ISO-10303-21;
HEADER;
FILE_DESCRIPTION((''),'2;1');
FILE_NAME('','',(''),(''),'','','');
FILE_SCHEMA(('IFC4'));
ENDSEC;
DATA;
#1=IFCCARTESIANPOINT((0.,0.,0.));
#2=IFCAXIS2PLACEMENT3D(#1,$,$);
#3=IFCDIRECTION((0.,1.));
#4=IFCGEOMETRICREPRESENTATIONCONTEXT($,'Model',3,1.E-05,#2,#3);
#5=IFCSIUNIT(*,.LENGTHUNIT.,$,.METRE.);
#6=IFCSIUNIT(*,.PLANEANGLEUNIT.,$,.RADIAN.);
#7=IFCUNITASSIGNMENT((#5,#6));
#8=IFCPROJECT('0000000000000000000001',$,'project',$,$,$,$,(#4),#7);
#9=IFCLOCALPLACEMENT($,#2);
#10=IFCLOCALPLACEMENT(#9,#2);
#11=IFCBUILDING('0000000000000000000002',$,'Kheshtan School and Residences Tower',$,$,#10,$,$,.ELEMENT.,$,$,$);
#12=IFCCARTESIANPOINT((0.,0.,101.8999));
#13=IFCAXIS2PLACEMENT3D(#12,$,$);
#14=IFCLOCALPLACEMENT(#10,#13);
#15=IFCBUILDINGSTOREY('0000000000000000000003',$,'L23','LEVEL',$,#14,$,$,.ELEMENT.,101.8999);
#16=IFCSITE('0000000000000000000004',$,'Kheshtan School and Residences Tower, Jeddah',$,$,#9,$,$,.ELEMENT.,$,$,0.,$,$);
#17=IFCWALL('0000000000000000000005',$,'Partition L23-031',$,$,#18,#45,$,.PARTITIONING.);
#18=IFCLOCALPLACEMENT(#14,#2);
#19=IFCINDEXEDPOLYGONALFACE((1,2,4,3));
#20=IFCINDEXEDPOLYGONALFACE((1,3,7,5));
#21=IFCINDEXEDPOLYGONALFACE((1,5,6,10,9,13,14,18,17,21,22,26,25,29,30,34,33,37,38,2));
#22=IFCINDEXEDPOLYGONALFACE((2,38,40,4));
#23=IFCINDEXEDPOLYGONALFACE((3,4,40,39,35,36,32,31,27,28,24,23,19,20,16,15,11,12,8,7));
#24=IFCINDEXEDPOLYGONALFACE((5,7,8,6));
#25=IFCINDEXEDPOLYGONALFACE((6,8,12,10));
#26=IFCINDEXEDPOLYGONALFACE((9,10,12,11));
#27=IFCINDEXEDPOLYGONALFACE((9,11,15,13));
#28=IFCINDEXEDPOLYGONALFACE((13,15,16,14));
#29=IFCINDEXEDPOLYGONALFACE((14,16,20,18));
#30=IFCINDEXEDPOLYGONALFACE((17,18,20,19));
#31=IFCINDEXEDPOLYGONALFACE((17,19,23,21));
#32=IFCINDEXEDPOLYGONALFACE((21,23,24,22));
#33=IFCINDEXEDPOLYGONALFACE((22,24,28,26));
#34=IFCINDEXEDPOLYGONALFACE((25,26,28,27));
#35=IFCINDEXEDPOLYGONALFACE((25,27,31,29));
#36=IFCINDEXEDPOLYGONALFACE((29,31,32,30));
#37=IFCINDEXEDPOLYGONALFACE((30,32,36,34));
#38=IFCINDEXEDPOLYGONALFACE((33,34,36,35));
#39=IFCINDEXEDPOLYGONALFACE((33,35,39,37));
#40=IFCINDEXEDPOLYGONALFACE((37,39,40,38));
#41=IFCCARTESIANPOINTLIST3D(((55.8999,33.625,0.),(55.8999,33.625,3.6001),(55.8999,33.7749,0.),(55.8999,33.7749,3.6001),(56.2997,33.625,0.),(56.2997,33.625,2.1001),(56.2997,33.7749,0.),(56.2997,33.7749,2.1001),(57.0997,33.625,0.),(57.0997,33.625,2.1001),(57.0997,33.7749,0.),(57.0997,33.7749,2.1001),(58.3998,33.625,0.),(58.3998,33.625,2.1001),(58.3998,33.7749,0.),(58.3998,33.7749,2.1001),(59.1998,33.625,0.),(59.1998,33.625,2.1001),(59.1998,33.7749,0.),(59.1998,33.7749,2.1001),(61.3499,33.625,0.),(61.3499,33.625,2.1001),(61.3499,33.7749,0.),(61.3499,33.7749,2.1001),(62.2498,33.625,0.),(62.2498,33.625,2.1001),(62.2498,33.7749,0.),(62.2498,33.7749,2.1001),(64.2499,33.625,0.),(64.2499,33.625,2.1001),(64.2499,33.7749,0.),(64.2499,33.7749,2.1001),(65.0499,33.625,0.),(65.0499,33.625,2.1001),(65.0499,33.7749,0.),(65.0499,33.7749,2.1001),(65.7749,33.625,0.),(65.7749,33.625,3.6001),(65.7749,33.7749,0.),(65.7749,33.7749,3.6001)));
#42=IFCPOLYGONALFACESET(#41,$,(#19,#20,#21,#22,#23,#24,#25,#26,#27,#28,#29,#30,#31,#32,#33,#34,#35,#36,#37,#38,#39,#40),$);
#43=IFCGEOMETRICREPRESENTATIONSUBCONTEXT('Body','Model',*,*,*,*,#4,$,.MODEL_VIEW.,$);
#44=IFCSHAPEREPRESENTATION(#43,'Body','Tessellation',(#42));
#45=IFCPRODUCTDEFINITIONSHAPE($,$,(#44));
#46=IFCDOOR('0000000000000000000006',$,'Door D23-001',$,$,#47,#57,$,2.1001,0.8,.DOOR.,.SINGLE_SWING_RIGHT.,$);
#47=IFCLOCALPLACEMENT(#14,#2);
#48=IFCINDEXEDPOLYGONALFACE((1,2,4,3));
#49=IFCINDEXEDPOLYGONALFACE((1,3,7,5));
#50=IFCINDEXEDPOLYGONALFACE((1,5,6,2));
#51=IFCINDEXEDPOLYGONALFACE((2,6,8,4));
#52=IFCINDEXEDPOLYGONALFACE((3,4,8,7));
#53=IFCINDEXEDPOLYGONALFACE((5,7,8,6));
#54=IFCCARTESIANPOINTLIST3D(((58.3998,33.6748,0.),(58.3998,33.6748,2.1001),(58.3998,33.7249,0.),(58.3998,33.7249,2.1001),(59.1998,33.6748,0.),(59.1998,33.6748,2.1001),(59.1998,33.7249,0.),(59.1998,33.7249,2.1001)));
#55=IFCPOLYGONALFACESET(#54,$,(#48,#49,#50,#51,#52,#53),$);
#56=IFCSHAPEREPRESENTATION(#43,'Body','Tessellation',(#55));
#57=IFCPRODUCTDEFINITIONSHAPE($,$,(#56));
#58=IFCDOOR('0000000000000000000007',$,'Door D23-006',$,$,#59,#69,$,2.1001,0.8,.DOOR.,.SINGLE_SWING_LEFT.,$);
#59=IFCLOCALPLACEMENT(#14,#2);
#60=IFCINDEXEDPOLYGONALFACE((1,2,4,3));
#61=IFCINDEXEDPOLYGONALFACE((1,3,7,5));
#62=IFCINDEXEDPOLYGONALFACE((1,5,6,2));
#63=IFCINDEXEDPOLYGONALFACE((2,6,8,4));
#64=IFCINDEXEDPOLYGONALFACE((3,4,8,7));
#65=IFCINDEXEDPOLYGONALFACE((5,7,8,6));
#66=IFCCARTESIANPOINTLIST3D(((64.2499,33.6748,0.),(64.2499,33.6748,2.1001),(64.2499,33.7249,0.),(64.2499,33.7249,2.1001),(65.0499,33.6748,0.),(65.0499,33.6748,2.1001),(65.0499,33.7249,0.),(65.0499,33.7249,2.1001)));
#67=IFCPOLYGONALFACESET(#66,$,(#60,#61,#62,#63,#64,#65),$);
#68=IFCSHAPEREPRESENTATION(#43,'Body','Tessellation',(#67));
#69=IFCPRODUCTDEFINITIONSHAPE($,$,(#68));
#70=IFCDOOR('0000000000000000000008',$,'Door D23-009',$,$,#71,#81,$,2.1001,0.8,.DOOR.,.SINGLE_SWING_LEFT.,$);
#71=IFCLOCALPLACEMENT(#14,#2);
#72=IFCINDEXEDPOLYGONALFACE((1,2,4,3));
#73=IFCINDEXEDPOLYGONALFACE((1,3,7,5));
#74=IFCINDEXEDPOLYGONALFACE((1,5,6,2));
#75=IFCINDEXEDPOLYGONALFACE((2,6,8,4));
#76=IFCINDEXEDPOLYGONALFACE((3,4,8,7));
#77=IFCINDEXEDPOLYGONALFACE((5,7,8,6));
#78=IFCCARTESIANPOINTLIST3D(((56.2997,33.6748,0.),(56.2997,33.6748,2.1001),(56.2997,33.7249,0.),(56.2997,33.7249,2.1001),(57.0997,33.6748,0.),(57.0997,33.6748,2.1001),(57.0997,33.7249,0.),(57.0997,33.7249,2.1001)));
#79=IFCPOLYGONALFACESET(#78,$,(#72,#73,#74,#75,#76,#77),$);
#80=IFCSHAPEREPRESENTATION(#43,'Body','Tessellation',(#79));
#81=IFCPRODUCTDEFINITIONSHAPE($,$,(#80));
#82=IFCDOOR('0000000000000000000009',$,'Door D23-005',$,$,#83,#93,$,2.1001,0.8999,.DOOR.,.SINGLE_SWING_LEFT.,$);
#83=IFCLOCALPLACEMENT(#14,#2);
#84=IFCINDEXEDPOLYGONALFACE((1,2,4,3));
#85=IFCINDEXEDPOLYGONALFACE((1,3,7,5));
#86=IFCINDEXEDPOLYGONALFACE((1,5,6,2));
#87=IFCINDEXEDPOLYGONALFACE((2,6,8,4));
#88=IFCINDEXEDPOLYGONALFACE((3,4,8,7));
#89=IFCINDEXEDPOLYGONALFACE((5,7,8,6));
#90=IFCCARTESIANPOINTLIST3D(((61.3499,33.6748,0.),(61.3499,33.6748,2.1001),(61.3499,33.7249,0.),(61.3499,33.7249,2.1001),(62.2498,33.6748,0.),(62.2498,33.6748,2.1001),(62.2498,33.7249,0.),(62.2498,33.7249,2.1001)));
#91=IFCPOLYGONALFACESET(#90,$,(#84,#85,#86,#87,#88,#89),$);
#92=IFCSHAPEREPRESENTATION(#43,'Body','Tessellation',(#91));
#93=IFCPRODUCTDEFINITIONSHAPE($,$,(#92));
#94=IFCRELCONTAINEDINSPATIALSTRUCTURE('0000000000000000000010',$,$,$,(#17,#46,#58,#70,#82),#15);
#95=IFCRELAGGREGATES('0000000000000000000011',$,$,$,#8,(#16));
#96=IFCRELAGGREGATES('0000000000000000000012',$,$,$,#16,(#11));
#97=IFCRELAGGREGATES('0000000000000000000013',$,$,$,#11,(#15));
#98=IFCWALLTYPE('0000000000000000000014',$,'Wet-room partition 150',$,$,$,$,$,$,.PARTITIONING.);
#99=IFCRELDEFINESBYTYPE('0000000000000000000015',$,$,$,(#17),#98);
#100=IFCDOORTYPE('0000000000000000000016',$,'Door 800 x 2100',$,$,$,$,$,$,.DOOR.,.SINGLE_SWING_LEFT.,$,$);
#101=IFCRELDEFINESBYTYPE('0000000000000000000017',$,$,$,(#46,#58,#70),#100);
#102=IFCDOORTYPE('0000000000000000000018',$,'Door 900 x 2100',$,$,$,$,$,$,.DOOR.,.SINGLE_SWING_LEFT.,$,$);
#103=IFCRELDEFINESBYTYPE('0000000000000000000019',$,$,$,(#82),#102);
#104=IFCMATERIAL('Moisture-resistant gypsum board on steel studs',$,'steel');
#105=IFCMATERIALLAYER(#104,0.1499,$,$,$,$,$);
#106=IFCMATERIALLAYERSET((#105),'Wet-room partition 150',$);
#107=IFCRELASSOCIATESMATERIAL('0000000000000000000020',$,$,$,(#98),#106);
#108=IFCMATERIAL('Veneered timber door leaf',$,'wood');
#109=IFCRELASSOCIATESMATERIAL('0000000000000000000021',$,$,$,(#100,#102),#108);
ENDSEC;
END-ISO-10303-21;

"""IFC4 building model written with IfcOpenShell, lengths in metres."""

from ifc_helpers import new_model, si_unit, direction, frame, frame_2d, origin, place, context, subcontext, project, spatial, rectangle, extrude, source, transform, mapped, material, layer, layer_set, type_object, element, fill, save


model = new_model("IFC4")

# Units and contexts
model_context = context("Model", 3, precision=1e-05, world=origin(), true_north=direction((0.0, 1.0)))
body_context = subcontext(model_context, "Body", "Model", "MODEL_VIEW")
ifc_project = project(units=[si_unit("LENGTHUNIT", "METRE"), si_unit("PLANEANGLEUNIT", "RADIAN")], contexts=[model_context])

# Site, building, storey
site_placement = place(None, origin())
site = spatial("IfcSite", under=ifc_project, at=site_placement, Name="Kheshtan School and Residences Tower, Jeddah", CompositionType="ELEMENT", RefElevation=0.0)
building_placement = place(site_placement, origin())
building = spatial("IfcBuilding", under=site, at=building_placement, Name="Kheshtan School and Residences Tower", CompositionType="ELEMENT")
storey_placement = place(building_placement, frame((0.0, 0.0, 101.8999)))
storey = spatial("IfcBuildingStorey", under=building, at=storey_placement, Name="L23", Description="LEVEL", CompositionType="ELEMENT", Elevation=101.8999)

# Wall, openings, doors
ifc_material_1 = material(Name="Moisture-resistant gypsum board on steel studs", Category="steel")
ifc_layer_1 = layer(ifc_material_1, 0.1499)
ifc_layer_set_1 = layer_set([ifc_layer_1], Name="Wet-room partition 150")
wall_type_1 = type_object("IfcWallType", Name="Wet-room partition 150", PredefinedType="PARTITIONING", material=ifc_layer_set_1)
wall_1_placement = place(storey_placement, frame((55.8999, 33.7, 0.0), z_axis=(0.0, 0.0, 1.0), x_axis=(1.0, 0.0, 0.0)))
wall_1 = element("IfcWall", 1, at=wall_1_placement, inside=storey, type_object=wall_type_1, Name="Partition L23-031", PredefinedType="PARTITIONING", context=body_context, shape_type="SweptSolid", body=[
    extrude(rectangle(XDim=9.875, YDim=0.1499, at=frame_2d((4.9375, 0.0))), origin(), (0.0, 0.0, 1.0), 3.6001),
])
opening_1_placement = place(wall_1_placement, frame((2.5, 0.0, 0.0)))
opening_1 = element("IfcOpeningElement", 2, at=opening_1_placement, cuts=wall_1, PredefinedType="OPENING", context=body_context, shape_type="SweptSolid", body=[
    extrude(rectangle(XDim=0.8, YDim=2.1001, at=frame_2d((0.3999, 1.05))), frame((0.0, 0.085, 0.0), z_axis=(0.0, -1.0, 0.0), x_axis=(1.0, 0.0, 0.0)), (0.0, 0.0, 1.0), 0.1699),
])
opening_2_placement = place(wall_1_placement, frame((5.45, 0.0, 0.0)))
opening_2 = element("IfcOpeningElement", 3, at=opening_2_placement, cuts=wall_1, PredefinedType="OPENING", context=body_context, shape_type="SweptSolid", body=[
    extrude(rectangle(XDim=0.8999, YDim=2.1001, at=frame_2d((0.45, 1.05))), frame((0.0, 0.085, 0.0), z_axis=(0.0, -1.0, 0.0), x_axis=(1.0, 0.0, 0.0)), (0.0, 0.0, 1.0), 0.1699),
])
opening_3_placement = place(wall_1_placement, frame((8.3501, 0.0, 0.0)))
opening_3 = element("IfcOpeningElement", 4, at=opening_3_placement, cuts=wall_1, PredefinedType="OPENING", context=body_context, shape_type="SweptSolid", body=[
    extrude(rectangle(XDim=0.8, YDim=2.1001, at=frame_2d((0.3999, 1.05))), frame((0.0, 0.085, 0.0), z_axis=(0.0, -1.0, 0.0), x_axis=(1.0, 0.0, 0.0)), (0.0, 0.0, 1.0), 0.1699),
])
opening_4_placement = place(wall_1_placement, frame((0.3999, 0.0, 0.0)))
opening_4 = element("IfcOpeningElement", 5, at=opening_4_placement, cuts=wall_1, PredefinedType="OPENING", context=body_context, shape_type="SweptSolid", body=[
    extrude(rectangle(XDim=0.8, YDim=2.1001, at=frame_2d((0.3999, 1.05))), frame((0.0, 0.085, 0.0), z_axis=(0.0, -1.0, 0.0), x_axis=(1.0, 0.0, 0.0)), (0.0, 0.0, 1.0), 0.1699),
])
ifc_material_2 = material(Name="Veneered timber door leaf", Category="wood")
door_type_1 = type_object("IfcDoorType", Name="Door 800 x 2100", OperationType="SINGLE_SWING_LEFT", PredefinedType="DOOR", material=ifc_material_2)
shared_shape_1 = source(origin(), body_context, "Body", "SweptSolid", [
    extrude(rectangle(XDim=0.8, YDim=2.1001, at=frame_2d((0.3999, 1.05))), frame((0.0, 0.0249, 0.0), z_axis=(0.0, -1.0, 0.0), x_axis=(1.0, 0.0, 0.0)), (0.0, 0.0, 1.0), 0.05),
])
door_1_placement = place(opening_1_placement, origin())
door_1 = element("IfcDoor", 6, at=door_1_placement, inside=storey, type_object=door_type_1, Name="Door D23-001", OperationType="SINGLE_SWING_RIGHT", OverallHeight=2.1001, OverallWidth=0.8, PredefinedType="DOOR", context=body_context, shape_type="MappedRepresentation", body=[
    mapped(shared_shape_1, transform((0.0, 0.0, 0.0), x_axis=(1.0, 0.0, 0.0), y_axis=(0.0, 1.0, 0.0), z_axis=(0.0, 0.0, 1.0), scale=1.0)),
])
fill(opening_1, door_1)
door_2_placement = place(opening_3_placement, origin())
door_2 = element("IfcDoor", 7, at=door_2_placement, inside=storey, type_object=door_type_1, Name="Door D23-006", OperationType="SINGLE_SWING_LEFT", OverallHeight=2.1001, OverallWidth=0.8, PredefinedType="DOOR", context=body_context, shape_type="MappedRepresentation", body=[
    mapped(shared_shape_1, transform((0.0, 0.0, 0.0), x_axis=(1.0, 0.0, 0.0), y_axis=(0.0, 1.0, 0.0), z_axis=(0.0, 0.0, 1.0), scale=1.0)),
])
fill(opening_3, door_2)
door_3_placement = place(opening_4_placement, origin())
door_3 = element("IfcDoor", 8, at=door_3_placement, inside=storey, type_object=door_type_1, Name="Door D23-009", OperationType="SINGLE_SWING_LEFT", OverallHeight=2.1001, OverallWidth=0.8, PredefinedType="DOOR", context=body_context, shape_type="MappedRepresentation", body=[
    mapped(shared_shape_1, transform((0.0, 0.0, 0.0), x_axis=(1.0, 0.0, 0.0), y_axis=(0.0, 1.0, 0.0), z_axis=(0.0, 0.0, 1.0), scale=1.0)),
])
fill(opening_4, door_3)
door_type_2 = type_object("IfcDoorType", Name="Door 900 x 2100", OperationType="SINGLE_SWING_LEFT", PredefinedType="DOOR", material=ifc_material_2)
shared_shape_2 = source(origin(), body_context, "Body", "SweptSolid", [
    extrude(rectangle(XDim=0.8999, YDim=2.1001, at=frame_2d((0.45, 1.05))), frame((0.0, 0.0249, 0.0), z_axis=(0.0, -1.0, 0.0), x_axis=(1.0, 0.0, 0.0)), (0.0, 0.0, 1.0), 0.05),
])
door_4_placement = place(opening_2_placement, origin())
door_4 = element("IfcDoor", 9, at=door_4_placement, inside=storey, type_object=door_type_2, Name="Door D23-005", OperationType="SINGLE_SWING_LEFT", OverallHeight=2.1001, OverallWidth=0.8999, PredefinedType="DOOR", context=body_context, shape_type="MappedRepresentation", body=[
    mapped(shared_shape_2, transform((0.0, 0.0, 0.0), x_axis=(1.0, 0.0, 0.0), y_axis=(0.0, 1.0, 0.0), z_axis=(0.0, 0.0, 1.0), scale=1.0)),
])
fill(opening_2, door_4)

save(model, "model.ifc")
